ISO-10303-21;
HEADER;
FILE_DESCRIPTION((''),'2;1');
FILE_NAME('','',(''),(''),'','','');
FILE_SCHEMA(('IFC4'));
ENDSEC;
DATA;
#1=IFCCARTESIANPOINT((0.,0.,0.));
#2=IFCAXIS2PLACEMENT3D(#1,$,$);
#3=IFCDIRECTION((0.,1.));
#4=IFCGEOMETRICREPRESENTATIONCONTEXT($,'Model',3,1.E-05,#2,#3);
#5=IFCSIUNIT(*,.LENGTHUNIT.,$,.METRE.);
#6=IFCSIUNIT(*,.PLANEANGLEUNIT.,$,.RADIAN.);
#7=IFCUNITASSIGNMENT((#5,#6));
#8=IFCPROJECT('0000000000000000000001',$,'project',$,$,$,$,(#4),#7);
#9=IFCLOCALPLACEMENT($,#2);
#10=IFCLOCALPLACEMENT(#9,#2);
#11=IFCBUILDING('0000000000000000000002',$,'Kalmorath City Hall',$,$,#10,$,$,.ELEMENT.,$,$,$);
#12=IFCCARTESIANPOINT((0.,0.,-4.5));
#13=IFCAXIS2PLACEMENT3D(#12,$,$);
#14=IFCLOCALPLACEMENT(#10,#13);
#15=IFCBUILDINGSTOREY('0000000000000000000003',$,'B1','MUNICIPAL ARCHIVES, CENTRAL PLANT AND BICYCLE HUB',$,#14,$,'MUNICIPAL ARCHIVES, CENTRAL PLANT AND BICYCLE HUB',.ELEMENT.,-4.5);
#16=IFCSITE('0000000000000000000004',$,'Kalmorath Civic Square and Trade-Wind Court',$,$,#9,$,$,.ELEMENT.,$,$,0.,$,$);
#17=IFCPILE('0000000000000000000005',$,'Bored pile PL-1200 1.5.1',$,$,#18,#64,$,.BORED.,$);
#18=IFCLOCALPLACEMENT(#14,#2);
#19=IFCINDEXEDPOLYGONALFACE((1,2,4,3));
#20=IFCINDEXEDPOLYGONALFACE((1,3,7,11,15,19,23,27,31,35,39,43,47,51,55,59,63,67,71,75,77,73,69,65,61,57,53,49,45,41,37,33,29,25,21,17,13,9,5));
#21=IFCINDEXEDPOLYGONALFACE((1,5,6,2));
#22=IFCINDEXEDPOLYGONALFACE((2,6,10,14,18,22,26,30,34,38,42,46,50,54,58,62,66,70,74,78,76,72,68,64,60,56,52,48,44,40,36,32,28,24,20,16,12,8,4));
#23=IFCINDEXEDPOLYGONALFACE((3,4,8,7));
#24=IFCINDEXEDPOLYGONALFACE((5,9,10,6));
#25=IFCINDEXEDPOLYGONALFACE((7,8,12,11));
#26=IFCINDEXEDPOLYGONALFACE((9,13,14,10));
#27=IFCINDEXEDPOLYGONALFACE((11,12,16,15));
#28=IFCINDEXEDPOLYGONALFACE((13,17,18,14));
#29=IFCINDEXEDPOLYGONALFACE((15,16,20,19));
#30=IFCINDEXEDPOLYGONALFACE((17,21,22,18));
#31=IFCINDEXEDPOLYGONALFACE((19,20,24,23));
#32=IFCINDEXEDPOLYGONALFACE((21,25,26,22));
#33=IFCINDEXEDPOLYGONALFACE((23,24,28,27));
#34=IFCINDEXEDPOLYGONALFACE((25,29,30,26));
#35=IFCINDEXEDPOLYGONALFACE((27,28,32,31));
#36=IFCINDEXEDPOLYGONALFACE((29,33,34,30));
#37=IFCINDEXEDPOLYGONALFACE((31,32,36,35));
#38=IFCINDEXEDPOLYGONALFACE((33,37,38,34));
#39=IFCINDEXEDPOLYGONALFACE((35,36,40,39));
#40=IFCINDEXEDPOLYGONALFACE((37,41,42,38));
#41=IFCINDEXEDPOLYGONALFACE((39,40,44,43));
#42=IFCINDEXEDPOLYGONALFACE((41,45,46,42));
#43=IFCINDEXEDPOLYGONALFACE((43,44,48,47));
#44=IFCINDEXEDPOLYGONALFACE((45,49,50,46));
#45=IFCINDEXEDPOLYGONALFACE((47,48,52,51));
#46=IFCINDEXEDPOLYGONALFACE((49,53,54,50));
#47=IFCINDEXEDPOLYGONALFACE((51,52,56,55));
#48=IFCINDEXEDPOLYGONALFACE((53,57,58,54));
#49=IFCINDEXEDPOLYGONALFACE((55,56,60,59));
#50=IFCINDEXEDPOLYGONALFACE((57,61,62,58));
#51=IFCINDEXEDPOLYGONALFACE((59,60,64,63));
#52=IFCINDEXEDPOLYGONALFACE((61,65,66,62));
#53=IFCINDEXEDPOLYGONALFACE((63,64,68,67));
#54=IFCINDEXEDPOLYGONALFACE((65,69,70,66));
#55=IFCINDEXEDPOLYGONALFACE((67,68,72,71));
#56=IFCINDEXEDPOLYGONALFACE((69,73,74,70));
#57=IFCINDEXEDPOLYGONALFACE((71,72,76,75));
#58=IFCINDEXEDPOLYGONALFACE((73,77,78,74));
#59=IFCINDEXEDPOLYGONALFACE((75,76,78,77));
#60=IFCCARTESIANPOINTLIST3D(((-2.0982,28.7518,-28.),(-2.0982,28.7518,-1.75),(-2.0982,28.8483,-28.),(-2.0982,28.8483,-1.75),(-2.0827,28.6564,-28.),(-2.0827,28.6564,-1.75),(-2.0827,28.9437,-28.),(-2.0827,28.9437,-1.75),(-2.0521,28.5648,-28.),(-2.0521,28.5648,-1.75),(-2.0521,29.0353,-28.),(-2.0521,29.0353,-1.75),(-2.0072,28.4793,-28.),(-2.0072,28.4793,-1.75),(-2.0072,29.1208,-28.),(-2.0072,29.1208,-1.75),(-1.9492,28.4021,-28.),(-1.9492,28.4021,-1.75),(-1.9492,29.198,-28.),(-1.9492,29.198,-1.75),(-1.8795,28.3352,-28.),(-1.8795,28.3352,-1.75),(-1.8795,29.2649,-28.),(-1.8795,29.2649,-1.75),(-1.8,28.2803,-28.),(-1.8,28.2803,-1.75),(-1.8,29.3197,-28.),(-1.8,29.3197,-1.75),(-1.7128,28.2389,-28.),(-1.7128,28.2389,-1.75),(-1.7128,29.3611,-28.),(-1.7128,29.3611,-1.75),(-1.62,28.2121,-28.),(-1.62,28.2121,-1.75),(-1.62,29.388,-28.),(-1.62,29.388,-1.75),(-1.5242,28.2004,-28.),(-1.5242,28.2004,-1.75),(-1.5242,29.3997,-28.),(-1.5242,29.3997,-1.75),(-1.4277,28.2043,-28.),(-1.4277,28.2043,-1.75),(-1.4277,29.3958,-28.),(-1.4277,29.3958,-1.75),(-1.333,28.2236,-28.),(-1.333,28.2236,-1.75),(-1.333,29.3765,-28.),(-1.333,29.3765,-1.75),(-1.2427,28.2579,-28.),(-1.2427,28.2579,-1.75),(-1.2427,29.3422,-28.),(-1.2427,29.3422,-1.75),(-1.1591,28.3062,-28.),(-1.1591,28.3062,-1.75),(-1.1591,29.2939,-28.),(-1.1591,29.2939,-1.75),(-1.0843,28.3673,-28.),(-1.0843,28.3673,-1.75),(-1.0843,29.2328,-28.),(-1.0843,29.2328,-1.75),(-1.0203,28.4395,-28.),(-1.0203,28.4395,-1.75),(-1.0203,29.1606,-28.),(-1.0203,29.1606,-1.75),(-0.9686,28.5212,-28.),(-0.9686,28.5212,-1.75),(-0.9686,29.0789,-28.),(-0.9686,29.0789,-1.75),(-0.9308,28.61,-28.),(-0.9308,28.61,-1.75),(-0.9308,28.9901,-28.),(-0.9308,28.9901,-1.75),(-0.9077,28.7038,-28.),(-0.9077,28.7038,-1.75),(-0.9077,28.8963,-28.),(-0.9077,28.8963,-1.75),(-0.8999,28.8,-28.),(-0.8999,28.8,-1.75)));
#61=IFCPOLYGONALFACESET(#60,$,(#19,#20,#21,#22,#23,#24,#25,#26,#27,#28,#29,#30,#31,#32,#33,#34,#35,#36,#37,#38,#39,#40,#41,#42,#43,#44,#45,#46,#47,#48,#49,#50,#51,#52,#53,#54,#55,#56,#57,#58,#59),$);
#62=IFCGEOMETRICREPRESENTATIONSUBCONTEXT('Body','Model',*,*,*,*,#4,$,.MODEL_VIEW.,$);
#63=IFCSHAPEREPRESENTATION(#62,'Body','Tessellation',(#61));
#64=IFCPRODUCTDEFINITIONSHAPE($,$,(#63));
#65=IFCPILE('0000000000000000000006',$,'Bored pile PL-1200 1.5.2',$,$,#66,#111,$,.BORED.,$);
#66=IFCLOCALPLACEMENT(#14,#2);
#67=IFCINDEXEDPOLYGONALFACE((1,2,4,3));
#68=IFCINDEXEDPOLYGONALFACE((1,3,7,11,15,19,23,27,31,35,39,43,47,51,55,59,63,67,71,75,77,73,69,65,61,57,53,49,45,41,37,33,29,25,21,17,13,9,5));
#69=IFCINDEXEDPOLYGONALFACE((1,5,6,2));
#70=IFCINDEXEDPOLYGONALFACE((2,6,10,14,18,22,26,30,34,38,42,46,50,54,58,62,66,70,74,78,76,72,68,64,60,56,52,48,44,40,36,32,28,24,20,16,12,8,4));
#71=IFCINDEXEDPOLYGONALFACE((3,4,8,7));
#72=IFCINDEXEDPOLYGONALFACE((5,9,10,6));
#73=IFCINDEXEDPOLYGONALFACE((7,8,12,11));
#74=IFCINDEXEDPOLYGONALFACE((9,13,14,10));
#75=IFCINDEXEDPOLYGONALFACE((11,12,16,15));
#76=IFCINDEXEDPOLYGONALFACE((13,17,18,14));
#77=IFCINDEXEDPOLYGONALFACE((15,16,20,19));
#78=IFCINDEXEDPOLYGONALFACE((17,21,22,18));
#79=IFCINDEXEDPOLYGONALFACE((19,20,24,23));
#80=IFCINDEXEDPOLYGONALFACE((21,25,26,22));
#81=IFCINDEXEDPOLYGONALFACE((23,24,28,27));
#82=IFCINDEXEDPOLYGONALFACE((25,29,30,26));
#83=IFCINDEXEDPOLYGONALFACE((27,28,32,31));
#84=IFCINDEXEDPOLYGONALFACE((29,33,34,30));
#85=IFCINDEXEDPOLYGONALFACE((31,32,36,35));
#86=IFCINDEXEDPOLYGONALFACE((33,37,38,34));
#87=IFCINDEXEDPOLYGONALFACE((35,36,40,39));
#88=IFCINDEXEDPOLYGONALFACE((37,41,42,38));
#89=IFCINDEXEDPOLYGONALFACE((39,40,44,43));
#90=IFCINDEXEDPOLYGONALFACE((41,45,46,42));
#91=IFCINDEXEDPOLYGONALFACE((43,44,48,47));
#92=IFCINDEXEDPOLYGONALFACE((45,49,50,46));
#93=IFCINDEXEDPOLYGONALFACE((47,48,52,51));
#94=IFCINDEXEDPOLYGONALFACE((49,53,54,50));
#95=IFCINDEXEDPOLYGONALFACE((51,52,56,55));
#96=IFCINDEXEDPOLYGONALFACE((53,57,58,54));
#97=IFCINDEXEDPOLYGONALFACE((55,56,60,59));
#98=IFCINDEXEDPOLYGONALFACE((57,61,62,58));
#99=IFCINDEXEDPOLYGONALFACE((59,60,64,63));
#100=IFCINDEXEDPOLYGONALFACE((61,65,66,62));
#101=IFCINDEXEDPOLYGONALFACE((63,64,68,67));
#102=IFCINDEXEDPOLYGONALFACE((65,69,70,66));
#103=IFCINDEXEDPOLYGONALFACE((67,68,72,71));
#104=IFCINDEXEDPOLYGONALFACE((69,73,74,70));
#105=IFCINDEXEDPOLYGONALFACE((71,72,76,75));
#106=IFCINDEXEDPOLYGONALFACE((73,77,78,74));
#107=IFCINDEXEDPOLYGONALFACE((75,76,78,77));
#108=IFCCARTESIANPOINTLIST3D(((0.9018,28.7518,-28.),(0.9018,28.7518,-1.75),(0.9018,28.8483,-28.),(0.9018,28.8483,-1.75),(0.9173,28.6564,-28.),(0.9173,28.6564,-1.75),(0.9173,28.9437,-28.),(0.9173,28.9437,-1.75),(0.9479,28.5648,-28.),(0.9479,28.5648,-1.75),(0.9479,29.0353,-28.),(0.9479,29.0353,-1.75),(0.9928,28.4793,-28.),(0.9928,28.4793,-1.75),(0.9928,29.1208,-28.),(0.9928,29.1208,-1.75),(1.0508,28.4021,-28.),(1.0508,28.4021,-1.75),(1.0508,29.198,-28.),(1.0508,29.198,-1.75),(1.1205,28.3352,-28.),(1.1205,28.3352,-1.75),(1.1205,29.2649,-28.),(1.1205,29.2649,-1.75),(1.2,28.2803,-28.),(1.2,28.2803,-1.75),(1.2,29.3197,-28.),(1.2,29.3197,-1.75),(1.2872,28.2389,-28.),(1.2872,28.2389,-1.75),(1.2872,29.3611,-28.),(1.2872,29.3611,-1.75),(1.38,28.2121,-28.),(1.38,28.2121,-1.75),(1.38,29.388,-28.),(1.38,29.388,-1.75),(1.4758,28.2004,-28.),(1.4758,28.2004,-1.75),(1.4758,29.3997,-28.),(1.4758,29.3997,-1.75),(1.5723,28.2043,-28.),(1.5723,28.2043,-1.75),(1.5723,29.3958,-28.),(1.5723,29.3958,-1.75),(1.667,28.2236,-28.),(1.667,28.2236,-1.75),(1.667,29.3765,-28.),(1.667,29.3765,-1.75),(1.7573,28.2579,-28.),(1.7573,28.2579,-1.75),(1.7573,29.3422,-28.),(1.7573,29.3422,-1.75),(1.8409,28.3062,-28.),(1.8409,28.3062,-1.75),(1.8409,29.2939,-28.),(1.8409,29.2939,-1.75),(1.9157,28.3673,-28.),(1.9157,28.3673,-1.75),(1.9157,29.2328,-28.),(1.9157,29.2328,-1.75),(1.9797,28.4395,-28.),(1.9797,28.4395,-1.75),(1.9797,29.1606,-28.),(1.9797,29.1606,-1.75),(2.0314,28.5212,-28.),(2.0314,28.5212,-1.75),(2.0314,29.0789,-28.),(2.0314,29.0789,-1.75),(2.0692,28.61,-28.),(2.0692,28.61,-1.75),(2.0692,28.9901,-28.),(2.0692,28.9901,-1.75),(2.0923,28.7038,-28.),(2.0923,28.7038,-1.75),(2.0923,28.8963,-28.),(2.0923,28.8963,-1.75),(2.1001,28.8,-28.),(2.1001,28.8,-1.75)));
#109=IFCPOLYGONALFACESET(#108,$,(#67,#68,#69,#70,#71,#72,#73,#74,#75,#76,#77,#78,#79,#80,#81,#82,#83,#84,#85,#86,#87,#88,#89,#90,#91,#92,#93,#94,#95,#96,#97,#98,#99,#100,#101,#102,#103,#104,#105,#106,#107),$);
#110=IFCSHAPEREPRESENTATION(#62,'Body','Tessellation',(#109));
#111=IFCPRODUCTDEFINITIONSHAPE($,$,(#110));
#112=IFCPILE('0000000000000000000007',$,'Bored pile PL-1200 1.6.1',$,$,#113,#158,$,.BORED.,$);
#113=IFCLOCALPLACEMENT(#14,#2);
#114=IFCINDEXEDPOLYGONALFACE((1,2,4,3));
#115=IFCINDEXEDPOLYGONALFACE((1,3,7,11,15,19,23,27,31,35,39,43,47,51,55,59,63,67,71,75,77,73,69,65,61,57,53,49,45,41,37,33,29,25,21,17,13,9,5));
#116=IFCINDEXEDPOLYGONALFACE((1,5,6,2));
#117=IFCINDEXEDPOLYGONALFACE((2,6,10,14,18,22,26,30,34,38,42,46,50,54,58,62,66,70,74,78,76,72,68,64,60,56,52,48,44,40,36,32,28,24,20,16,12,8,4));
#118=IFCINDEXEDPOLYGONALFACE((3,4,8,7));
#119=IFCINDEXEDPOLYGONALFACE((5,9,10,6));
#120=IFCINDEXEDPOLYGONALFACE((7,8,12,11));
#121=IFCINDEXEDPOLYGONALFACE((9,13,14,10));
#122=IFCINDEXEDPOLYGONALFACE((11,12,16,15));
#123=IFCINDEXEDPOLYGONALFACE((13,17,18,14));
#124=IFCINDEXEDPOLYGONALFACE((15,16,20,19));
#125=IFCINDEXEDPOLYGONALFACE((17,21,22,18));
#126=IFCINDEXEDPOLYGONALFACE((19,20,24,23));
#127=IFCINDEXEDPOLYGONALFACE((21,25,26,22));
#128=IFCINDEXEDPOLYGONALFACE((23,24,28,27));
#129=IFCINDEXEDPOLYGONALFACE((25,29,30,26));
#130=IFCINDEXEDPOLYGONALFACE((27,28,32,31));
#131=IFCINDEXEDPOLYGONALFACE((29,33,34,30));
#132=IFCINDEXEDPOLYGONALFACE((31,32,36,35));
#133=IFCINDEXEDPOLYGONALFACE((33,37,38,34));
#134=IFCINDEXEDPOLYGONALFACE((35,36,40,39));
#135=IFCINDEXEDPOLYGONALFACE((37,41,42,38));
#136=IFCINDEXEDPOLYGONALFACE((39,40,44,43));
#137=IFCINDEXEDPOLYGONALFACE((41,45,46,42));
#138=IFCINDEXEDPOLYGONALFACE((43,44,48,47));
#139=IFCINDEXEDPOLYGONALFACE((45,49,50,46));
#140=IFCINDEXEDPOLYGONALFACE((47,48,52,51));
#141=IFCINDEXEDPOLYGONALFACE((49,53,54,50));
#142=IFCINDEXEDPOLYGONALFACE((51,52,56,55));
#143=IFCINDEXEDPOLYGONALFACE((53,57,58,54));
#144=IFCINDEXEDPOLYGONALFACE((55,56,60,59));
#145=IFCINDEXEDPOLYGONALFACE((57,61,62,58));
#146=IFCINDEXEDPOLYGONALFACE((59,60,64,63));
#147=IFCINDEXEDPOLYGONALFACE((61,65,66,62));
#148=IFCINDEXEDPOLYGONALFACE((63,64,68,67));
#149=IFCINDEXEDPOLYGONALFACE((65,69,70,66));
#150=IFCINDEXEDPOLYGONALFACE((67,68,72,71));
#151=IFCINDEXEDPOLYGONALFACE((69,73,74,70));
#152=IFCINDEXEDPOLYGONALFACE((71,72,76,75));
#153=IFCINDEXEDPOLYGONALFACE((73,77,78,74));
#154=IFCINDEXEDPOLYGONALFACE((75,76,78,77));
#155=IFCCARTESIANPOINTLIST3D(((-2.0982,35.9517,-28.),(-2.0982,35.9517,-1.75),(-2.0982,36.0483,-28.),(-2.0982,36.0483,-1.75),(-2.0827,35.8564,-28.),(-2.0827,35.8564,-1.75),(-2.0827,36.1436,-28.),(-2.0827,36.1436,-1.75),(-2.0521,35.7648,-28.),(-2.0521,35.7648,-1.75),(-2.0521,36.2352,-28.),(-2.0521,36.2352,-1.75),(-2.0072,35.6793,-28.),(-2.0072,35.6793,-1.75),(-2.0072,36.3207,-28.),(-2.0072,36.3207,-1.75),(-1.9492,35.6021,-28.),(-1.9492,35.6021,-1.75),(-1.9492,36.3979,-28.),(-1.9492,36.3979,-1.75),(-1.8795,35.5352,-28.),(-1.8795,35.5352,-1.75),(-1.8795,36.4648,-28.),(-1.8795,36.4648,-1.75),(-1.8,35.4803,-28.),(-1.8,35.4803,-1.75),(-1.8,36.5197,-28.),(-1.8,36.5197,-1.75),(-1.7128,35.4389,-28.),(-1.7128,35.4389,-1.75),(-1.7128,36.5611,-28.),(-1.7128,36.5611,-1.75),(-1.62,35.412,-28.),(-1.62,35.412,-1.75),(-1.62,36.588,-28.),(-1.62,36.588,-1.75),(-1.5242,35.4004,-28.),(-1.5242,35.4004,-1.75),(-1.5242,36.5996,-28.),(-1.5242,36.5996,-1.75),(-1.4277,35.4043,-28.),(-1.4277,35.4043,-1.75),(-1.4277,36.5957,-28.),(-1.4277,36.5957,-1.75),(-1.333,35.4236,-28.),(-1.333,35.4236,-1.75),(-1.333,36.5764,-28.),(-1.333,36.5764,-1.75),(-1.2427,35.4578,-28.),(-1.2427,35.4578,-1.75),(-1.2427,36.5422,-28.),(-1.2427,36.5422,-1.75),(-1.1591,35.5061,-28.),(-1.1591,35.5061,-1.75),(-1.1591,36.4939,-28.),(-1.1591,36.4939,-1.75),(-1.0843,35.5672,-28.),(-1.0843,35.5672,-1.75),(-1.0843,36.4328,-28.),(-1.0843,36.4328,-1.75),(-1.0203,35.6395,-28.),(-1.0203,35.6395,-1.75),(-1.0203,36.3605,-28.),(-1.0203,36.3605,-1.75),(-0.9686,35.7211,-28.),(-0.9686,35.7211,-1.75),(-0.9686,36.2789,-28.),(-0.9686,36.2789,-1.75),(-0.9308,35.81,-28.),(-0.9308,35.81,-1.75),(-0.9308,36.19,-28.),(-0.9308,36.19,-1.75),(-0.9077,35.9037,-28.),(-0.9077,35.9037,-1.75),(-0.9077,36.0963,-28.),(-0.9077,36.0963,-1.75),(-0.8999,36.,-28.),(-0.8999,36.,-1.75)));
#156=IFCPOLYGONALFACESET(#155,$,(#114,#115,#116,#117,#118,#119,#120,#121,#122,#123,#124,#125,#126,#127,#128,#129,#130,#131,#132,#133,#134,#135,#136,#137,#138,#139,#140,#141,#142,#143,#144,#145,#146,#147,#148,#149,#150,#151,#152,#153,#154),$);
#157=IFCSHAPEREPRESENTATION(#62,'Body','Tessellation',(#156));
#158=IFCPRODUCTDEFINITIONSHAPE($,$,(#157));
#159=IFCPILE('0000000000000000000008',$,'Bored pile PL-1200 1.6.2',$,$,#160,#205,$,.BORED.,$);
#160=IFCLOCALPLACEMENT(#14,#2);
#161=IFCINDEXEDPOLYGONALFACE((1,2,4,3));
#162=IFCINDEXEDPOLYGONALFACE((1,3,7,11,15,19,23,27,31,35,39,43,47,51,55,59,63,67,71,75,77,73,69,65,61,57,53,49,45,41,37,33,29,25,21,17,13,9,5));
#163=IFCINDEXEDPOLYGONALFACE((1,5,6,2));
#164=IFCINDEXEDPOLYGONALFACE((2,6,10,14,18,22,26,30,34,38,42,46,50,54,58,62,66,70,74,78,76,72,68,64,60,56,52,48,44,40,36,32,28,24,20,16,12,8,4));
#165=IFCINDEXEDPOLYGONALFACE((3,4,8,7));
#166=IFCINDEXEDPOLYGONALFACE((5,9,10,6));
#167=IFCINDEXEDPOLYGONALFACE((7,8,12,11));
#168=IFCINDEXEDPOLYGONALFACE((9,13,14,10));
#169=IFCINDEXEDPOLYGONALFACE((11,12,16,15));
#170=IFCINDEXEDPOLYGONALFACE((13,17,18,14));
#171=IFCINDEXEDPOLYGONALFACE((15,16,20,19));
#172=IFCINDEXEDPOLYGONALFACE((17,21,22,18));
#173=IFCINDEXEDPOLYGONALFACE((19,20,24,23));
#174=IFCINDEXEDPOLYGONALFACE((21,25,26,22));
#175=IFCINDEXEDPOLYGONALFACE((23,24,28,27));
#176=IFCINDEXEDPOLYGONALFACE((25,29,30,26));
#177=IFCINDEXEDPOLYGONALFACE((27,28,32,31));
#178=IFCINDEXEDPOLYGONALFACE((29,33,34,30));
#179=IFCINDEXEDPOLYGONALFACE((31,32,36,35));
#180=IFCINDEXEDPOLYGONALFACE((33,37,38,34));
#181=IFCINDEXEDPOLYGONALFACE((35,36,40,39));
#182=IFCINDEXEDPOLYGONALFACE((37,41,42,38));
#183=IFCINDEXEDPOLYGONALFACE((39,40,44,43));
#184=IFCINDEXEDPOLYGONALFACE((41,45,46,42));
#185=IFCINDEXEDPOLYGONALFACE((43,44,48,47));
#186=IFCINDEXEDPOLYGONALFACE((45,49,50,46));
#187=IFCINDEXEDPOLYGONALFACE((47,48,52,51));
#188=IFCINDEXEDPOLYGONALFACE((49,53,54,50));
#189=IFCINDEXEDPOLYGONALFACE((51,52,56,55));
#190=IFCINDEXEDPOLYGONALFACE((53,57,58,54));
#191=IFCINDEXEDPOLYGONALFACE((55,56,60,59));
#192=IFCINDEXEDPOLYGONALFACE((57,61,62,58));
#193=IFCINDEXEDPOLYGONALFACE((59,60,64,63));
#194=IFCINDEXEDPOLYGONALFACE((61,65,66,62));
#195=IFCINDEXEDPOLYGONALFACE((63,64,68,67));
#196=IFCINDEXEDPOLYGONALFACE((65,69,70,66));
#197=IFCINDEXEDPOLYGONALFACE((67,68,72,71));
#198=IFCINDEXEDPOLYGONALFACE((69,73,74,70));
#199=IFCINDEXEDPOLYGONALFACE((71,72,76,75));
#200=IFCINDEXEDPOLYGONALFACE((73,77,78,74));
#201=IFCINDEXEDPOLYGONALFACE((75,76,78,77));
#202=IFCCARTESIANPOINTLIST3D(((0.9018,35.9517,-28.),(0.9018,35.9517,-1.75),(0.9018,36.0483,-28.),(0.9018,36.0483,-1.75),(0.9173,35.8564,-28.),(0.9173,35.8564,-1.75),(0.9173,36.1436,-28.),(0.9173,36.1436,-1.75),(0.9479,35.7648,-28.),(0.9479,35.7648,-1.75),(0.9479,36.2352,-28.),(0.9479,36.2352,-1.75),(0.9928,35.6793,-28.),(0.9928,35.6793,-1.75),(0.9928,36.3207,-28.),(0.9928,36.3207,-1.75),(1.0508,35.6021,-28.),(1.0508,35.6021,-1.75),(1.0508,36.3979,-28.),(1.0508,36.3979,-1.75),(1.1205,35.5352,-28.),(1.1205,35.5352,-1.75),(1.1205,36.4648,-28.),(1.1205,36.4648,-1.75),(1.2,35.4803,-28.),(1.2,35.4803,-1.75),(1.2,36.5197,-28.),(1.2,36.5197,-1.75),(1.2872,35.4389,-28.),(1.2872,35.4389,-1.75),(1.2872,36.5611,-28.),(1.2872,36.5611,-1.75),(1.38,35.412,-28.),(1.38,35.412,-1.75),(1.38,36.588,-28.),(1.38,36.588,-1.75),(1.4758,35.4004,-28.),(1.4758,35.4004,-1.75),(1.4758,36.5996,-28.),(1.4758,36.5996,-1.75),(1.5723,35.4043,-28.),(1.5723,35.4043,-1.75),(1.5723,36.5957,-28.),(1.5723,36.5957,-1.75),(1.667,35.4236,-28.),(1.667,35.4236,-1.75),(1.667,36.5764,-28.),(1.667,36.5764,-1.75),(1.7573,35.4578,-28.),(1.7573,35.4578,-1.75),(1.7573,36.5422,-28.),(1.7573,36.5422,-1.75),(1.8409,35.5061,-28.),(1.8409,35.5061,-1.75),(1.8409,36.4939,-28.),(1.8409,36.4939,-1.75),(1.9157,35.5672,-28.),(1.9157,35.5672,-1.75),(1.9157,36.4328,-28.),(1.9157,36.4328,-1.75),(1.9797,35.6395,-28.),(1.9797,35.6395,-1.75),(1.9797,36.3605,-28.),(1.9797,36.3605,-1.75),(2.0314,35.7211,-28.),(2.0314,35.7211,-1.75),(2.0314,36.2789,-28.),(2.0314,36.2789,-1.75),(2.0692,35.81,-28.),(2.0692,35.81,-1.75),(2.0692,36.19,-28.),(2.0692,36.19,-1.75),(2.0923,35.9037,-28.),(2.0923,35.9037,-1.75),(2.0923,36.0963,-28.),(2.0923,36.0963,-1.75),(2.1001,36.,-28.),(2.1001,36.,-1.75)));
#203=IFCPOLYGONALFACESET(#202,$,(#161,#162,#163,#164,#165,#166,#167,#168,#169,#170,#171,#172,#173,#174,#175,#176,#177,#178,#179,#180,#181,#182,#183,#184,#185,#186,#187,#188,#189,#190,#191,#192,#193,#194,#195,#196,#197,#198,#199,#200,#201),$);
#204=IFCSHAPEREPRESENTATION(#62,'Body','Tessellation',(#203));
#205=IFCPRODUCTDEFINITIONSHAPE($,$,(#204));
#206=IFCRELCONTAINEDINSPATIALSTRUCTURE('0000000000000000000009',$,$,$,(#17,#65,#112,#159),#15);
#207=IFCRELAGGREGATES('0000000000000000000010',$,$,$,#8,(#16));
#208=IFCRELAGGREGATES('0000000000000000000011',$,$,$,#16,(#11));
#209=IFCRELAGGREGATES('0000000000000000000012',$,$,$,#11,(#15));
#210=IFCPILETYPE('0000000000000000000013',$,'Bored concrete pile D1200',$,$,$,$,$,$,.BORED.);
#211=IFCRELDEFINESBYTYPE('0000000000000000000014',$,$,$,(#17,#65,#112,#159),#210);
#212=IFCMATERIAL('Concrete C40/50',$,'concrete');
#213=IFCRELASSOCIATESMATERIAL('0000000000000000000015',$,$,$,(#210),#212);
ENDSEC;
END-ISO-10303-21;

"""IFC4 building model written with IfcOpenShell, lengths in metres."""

from ifc_helpers import new_model, si_unit, direction, frame, origin, origin_2d, place, context, subcontext, project, spatial, circle, extrude, material, material_profile, profile_set, type_object, element, save


model = new_model("IFC4")

# Units and contexts
model_context = context("Model", 3, precision=1e-05, world=origin(), true_north=direction((0.0, 1.0)))
body_context = subcontext(model_context, "Body", "Model", "MODEL_VIEW")
ifc_project = project(units=[si_unit("LENGTHUNIT", "METRE"), si_unit("PLANEANGLEUNIT", "RADIAN")], contexts=[model_context])

# Site, building, storey
site_placement = place(None, origin())
site = spatial("IfcSite", under=ifc_project, at=site_placement, Name="Kalmorath Civic Square and Trade-Wind Court", CompositionType="ELEMENT", RefElevation=0.0)
building_placement = place(site_placement, origin())
building = spatial("IfcBuilding", under=site, at=building_placement, Name="Kalmorath City Hall", CompositionType="ELEMENT")
storey_placement = place(building_placement, frame((0.0, 0.0, -4.5)))
storey = spatial("IfcBuildingStorey", under=building, at=storey_placement, Name="B1", Description="MUNICIPAL ARCHIVES, CENTRAL PLANT AND BICYCLE HUB", LongName="MUNICIPAL ARCHIVES, CENTRAL PLANT AND BICYCLE HUB", CompositionType="ELEMENT", Elevation=-4.5)

# Piles
ifc_material_1 = material(Name="Concrete C40/50", Category="concrete")
ifc_material_profile_1 = material_profile(ifc_material_1, circle(Radius=0.6001, at=origin_2d()), Name="PILE-D1200")
ifc_profile_set_1 = profile_set([ifc_material_profile_1], Name="Concrete C40/50")
pile_type_1 = type_object("IfcPileType", Name="Bored concrete pile D1200", PredefinedType="BORED", material=ifc_profile_set_1)
for number, where, z_axis, x_axis, name in (
    (1, (-1.5, 28.8, -1.75), (0.0, 0.0, -1.0), (1.0, 0.0, 0.0), "Bored pile PL-1200 1.5.1"),
    (2, (1.5, 28.8, -1.75), (0.0, 0.0, -1.0), (1.0, 0.0, 0.0), "Bored pile PL-1200 1.5.2"),
    (3, (-1.5, 36.0, -1.75), (0.0, 0.0, -1.0), (1.0, 0.0, 0.0), "Bored pile PL-1200 1.6.1"),
    (4, (1.5, 36.0, -1.75), (0.0, 0.0, -1.0), (1.0, 0.0, 0.0), "Bored pile PL-1200 1.6.2"),
):
    element("IfcPile", number, at=place(storey_placement, frame(where, z_axis=z_axis, x_axis=x_axis)), inside=storey, type_object=pile_type_1, Name=name, PredefinedType="BORED", context=body_context, shape_type="SweptSolid", body=[
        extrude(circle(Radius=0.6001, at=origin_2d()), origin(), (0.0, 0.0, 1.0), 26.25),
    ])

save(model, "model.ifc")
